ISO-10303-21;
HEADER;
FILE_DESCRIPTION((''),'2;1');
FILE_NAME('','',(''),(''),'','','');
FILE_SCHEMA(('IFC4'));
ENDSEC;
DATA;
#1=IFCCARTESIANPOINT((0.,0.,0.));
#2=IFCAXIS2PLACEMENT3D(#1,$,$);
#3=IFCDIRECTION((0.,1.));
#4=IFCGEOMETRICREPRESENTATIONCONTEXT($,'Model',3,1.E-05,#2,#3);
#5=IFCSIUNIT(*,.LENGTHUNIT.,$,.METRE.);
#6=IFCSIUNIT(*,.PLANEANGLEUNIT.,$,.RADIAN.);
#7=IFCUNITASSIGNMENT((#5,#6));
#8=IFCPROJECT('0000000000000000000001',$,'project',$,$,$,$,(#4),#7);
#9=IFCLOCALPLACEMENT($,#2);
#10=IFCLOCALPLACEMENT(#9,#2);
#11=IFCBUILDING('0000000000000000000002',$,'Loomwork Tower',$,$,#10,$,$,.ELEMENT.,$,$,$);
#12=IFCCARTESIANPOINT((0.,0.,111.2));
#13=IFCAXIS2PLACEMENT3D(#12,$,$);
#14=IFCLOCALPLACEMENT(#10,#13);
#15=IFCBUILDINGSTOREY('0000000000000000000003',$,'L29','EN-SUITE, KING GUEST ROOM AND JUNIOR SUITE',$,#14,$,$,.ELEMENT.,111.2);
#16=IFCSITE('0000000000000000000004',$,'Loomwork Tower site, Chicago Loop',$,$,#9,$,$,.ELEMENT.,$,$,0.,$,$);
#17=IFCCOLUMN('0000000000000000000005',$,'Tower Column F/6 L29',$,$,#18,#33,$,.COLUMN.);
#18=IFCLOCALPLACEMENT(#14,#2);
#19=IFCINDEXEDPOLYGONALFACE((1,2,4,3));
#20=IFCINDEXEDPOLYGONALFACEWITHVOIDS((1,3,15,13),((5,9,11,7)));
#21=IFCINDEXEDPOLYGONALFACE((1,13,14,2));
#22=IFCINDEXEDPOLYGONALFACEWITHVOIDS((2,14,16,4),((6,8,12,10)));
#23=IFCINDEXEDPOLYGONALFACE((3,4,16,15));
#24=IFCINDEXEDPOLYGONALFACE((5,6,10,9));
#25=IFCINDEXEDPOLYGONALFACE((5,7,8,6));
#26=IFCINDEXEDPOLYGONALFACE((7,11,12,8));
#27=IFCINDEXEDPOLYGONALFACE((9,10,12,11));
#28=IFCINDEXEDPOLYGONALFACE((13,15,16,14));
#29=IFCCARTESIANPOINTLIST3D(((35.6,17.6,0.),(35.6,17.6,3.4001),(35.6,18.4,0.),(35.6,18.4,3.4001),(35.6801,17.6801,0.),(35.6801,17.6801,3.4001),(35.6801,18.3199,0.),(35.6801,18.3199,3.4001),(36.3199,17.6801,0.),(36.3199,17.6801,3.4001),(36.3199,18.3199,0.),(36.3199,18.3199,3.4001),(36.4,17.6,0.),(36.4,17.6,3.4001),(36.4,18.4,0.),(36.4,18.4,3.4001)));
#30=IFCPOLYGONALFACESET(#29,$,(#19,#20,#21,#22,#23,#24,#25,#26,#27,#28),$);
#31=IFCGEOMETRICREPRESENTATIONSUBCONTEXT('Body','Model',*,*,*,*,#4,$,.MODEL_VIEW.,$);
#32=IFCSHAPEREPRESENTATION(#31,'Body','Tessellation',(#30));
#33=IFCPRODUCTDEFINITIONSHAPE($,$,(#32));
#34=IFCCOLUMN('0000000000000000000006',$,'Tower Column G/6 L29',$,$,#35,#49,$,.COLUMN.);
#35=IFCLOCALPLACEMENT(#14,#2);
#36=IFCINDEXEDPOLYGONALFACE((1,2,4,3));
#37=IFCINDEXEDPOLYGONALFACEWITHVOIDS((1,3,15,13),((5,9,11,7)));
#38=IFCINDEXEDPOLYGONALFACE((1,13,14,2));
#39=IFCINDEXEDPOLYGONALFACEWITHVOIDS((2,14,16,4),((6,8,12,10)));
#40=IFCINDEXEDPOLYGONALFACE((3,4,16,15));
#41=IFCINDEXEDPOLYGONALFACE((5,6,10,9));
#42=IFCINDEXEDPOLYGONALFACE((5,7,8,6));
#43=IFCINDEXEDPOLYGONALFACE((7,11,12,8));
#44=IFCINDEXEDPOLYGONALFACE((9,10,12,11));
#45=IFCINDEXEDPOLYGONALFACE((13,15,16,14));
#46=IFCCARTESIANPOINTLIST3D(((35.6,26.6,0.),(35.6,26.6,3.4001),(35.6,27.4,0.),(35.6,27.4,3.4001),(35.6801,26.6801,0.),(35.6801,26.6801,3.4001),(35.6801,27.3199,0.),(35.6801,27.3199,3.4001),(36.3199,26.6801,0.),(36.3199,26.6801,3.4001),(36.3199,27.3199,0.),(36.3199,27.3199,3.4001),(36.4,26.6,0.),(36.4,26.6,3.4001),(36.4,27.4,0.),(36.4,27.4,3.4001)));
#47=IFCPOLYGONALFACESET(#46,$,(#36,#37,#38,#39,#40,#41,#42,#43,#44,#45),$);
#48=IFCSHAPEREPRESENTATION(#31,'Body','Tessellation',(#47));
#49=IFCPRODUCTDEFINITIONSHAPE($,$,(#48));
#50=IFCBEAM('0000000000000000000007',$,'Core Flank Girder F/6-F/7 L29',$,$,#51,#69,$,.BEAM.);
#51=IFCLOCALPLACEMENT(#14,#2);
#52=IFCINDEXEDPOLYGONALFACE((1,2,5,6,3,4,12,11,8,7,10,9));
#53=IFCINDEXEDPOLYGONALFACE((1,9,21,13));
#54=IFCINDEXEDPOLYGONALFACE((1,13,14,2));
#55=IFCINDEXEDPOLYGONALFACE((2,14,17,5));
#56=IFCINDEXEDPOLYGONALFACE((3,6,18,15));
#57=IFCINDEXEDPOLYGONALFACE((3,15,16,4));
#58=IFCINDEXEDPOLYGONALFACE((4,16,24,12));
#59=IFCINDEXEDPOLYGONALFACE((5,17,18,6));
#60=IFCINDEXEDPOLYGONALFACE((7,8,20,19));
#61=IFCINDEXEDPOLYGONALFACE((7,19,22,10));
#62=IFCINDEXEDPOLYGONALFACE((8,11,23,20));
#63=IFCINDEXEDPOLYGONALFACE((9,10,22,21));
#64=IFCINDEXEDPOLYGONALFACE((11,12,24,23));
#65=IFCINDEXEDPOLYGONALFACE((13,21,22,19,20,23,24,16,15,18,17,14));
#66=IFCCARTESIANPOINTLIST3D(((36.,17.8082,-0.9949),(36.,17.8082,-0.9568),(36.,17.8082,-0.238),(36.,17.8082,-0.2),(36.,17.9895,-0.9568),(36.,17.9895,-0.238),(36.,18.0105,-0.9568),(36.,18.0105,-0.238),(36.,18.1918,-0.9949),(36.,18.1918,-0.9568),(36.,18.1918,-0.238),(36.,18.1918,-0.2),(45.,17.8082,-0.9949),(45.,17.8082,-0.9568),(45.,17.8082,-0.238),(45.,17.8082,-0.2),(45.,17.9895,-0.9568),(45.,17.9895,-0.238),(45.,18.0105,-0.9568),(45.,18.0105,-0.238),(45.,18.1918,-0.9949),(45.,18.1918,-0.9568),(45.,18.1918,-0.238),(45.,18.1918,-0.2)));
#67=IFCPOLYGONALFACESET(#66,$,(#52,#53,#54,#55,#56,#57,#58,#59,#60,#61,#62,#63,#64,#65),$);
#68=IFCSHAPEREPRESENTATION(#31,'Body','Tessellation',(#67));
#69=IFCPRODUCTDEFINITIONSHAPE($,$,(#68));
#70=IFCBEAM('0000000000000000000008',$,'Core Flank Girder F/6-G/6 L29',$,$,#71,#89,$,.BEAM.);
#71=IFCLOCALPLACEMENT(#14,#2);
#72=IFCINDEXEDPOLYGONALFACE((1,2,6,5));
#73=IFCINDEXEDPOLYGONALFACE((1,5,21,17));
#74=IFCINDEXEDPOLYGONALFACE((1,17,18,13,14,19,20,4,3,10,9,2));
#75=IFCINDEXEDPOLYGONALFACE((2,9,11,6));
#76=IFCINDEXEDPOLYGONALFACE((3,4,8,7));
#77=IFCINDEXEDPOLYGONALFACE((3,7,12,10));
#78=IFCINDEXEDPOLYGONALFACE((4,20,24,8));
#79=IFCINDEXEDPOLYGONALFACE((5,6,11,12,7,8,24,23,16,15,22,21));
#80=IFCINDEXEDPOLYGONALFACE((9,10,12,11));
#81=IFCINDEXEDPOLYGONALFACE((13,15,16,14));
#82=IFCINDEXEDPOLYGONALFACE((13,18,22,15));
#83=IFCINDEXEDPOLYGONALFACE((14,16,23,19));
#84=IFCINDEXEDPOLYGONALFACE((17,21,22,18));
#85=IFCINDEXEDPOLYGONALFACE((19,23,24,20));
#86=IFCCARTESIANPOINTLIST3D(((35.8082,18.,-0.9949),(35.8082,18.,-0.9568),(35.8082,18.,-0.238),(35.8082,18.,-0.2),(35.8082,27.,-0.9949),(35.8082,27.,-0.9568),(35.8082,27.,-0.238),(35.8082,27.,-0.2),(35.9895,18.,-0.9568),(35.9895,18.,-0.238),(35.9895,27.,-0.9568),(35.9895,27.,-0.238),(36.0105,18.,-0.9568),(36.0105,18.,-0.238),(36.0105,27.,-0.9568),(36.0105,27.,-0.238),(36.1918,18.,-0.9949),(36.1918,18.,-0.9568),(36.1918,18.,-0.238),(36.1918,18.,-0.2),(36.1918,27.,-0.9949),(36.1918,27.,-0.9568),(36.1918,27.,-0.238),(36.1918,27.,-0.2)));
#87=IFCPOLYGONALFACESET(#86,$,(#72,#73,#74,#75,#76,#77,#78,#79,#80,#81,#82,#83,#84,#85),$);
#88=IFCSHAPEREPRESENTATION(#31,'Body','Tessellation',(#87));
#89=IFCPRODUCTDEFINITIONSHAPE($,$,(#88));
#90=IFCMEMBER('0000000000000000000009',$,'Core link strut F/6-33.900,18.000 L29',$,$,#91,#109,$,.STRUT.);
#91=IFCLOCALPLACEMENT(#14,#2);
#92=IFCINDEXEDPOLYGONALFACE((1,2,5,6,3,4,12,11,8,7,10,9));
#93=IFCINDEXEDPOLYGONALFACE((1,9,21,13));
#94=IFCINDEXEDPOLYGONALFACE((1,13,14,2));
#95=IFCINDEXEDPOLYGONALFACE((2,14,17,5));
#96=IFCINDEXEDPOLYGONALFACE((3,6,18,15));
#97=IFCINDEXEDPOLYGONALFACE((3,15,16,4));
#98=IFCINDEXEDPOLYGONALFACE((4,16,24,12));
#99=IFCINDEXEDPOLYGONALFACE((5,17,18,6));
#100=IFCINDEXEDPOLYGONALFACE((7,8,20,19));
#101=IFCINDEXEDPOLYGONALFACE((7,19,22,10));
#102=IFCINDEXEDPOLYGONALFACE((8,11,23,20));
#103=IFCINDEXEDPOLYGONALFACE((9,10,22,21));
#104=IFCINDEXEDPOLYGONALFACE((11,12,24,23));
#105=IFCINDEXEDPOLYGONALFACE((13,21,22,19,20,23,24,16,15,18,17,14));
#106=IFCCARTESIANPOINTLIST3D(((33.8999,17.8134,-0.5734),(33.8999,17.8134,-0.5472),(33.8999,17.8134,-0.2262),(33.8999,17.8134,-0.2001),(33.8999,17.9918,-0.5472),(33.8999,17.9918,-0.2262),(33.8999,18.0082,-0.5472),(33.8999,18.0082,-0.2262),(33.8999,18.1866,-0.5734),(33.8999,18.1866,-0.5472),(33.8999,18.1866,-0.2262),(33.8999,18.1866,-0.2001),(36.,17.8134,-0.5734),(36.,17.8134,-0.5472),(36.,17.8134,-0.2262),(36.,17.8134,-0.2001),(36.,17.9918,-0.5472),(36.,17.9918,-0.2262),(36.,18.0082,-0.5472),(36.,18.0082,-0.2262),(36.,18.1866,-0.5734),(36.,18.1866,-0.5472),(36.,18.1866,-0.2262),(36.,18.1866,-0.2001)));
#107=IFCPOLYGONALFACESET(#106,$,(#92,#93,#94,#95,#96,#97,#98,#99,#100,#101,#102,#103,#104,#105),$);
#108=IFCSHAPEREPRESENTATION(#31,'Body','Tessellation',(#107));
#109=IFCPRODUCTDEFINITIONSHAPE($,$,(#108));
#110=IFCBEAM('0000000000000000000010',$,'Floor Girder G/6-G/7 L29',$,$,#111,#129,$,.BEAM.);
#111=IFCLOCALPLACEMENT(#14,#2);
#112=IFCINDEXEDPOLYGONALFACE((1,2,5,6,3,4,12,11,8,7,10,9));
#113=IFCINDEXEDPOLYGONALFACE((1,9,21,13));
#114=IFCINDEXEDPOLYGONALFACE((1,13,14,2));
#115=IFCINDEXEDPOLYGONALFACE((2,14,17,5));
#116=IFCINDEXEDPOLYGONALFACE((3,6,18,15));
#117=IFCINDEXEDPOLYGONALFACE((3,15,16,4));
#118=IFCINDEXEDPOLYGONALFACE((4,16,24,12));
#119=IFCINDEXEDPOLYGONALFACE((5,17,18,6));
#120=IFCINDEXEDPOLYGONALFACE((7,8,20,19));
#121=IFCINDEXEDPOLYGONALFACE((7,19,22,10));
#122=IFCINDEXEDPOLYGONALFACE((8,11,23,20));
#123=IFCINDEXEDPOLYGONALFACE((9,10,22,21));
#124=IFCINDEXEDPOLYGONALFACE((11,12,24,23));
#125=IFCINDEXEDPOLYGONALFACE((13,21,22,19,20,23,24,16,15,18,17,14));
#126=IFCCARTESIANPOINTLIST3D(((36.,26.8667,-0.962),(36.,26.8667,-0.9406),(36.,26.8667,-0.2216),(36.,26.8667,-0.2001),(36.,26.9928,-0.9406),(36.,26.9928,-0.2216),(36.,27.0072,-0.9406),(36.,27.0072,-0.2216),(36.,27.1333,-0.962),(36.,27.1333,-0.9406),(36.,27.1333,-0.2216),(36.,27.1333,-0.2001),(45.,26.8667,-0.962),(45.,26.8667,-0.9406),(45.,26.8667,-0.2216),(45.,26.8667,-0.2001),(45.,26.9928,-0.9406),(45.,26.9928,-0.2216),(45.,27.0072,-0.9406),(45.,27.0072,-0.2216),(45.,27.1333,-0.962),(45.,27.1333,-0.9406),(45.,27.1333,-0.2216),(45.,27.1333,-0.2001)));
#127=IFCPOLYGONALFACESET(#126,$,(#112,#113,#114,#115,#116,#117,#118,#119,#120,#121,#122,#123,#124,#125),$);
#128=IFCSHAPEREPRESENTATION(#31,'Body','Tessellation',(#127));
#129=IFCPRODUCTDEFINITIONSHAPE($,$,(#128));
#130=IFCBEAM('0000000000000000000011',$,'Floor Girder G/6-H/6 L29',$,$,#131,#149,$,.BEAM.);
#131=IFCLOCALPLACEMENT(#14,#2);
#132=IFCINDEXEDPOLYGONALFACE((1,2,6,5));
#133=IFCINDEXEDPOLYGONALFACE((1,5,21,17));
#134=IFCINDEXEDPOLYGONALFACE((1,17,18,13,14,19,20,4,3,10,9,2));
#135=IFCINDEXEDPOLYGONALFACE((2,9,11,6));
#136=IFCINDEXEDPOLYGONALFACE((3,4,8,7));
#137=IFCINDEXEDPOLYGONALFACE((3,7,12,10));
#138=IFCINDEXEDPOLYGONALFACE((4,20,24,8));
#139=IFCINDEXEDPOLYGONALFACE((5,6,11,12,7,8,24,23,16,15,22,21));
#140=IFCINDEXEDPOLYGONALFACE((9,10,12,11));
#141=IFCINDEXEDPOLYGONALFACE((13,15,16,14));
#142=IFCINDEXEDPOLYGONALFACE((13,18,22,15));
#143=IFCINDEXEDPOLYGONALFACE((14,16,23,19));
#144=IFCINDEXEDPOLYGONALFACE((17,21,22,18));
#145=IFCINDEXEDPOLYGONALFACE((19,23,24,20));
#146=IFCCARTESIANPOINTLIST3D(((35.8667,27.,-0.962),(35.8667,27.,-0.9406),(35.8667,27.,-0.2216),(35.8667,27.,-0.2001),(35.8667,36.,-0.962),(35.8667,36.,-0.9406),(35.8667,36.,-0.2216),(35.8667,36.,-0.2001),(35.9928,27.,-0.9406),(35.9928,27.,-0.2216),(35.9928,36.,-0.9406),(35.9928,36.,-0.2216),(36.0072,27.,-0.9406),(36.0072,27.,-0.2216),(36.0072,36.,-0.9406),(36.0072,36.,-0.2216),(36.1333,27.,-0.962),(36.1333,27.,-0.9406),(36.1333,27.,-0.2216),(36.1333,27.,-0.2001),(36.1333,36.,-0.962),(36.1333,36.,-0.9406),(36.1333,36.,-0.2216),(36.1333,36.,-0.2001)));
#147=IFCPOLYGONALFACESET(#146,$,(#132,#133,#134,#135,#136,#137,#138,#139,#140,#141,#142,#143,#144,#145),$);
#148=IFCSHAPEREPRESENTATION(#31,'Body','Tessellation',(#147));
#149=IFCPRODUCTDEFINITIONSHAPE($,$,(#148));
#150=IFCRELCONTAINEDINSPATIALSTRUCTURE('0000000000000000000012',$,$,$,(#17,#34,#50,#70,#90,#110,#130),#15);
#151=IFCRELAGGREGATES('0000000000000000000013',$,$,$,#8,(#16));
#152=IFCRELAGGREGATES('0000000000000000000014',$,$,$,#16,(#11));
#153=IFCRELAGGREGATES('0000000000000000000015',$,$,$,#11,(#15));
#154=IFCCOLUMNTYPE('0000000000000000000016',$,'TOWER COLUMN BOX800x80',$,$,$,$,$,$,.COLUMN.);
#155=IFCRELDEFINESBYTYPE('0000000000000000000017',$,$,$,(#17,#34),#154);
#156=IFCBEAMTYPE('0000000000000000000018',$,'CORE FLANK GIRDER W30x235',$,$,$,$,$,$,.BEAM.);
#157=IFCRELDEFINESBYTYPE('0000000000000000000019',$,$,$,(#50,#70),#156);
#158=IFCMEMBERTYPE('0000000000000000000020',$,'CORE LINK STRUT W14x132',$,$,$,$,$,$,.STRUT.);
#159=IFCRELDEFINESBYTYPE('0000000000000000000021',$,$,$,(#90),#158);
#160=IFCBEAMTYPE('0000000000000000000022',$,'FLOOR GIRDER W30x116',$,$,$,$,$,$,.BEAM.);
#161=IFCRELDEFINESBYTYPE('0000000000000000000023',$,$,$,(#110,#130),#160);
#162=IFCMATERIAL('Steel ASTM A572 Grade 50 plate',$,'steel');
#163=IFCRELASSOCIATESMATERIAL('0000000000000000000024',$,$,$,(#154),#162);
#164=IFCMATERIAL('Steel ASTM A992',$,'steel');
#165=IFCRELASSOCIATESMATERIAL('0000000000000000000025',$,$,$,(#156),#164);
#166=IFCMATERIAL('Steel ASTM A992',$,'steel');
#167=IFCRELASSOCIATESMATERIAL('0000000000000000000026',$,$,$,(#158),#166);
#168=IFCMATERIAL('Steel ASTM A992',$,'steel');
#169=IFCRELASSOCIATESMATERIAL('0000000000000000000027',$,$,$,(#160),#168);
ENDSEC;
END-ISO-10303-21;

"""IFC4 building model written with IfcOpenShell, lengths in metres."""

from ifc_helpers import new_model, si_unit, direction, frame, origin, origin_2d, place, context, subcontext, project, spatial, hollow_rectangle, i_section, extrude, material, material_profile, profile_set, type_object, element, save


model = new_model("IFC4")

# Units and contexts
model_context = context("Model", 3, precision=1e-05, world=origin(), true_north=direction((0.0, 1.0)))
body_context = subcontext(model_context, "Body", "Model", "MODEL_VIEW")
ifc_project = project(units=[si_unit("LENGTHUNIT", "METRE"), si_unit("PLANEANGLEUNIT", "RADIAN")], contexts=[model_context])

# Site, building, storey
site_placement = place(None, origin())
site = spatial("IfcSite", under=ifc_project, at=site_placement, Name="Loomwork Tower site, Chicago Loop", CompositionType="ELEMENT", RefElevation=0.0)
building_placement = place(site_placement, origin())
building = spatial("IfcBuilding", under=site, at=building_placement, Name="Loomwork Tower", CompositionType="ELEMENT")
storey_placement = place(building_placement, frame((0.0, 0.0, 111.2)))
storey = spatial("IfcBuildingStorey", under=building, at=storey_placement, Name="L29", Description="EN-SUITE, KING GUEST ROOM AND JUNIOR SUITE", CompositionType="ELEMENT", Elevation=111.2)

# Columns
ifc_material_1 = material(Name="Steel ASTM A572 Grade 50 plate", Category="steel")
ifc_material_profile_1 = material_profile(ifc_material_1, hollow_rectangle(XDim=0.8, YDim=0.8, WallThickness=0.0801, at=origin_2d()), Name="BOX800x80")
ifc_profile_set_1 = profile_set([ifc_material_profile_1], Name="Steel ASTM A572 Grade 50 plate")
column_type = type_object("IfcColumnType", Name="TOWER COLUMN BOX800x80", PredefinedType="COLUMN", material=ifc_profile_set_1)
for number, where, z_axis, x_axis, name in (
    (1, (36.0, 18.0, 0.0), (0.0, 0.0, 1.0), (0.0, 1.0, 0.0), "Tower Column F/6 L29"),
    (2, (36.0, 27.0, 0.0), (0.0, 0.0, 1.0), (1.0, 0.0, 0.0), "Tower Column G/6 L29"),
):
    element("IfcColumn", number, at=place(storey_placement, frame(where, z_axis=z_axis, x_axis=x_axis)), inside=storey, type_object=column_type, Name=name, PredefinedType="COLUMN", context=body_context, shape_type="SweptSolid", body=[
        extrude(hollow_rectangle(XDim=0.8, YDim=0.8, WallThickness=0.0801, at=origin_2d()), origin(), (0.0, 0.0, 1.0), 3.4001),
    ])

# Beams
ifc_material_2 = material(Name="Steel ASTM A992", Category="steel")
ifc_material_profile_2 = material_profile(ifc_material_2, i_section(OverallWidth=0.3835, OverallDepth=0.7949, WebThickness=0.021, FlangeThickness=0.0381, at=origin_2d()), Name="W30x235")
ifc_profile_set_2 = profile_set([ifc_material_profile_2], Name="Steel ASTM A992")
beam_type_1 = type_object("IfcBeamType", Name="CORE FLANK GIRDER W30x235", PredefinedType="BEAM", material=ifc_profile_set_2)
for number, where, z_axis, x_axis, name in (
    (3, (36.0, 18.0, -0.5974), (1.0, 0.0, 0.0), (0.0, 1.0, 0.0), "Core Flank Girder F/6-F/7 L29"),
    (4, (36.0, 18.0, -0.5974), (0.0, 1.0, 0.0), (-1.0, 0.0, 0.0), "Core Flank Girder F/6-G/6 L29"),
):
    element("IfcBeam", number, at=place(storey_placement, frame(where, z_axis=z_axis, x_axis=x_axis)), inside=storey, type_object=beam_type_1, Name=name, PredefinedType="BEAM", context=body_context, shape_type="SweptSolid", body=[
        extrude(i_section(OverallWidth=0.3835, OverallDepth=0.7949, WebThickness=0.021, FlangeThickness=0.0381, at=origin_2d()), origin(), (0.0, 0.0, 1.0), 9.0),
    ])

# Member
ifc_material_3 = material(Name="Steel ASTM A992", Category="steel")
ifc_material_profile_3 = material_profile(ifc_material_3, i_section(OverallWidth=0.3733, OverallDepth=0.3733, WebThickness=0.0164, FlangeThickness=0.0261, at=origin_2d()), Name="W14x132")
ifc_profile_set_3 = profile_set([ifc_material_profile_3], Name="Steel ASTM A992")
member_type = type_object("IfcMemberType", Name="CORE LINK STRUT W14x132", PredefinedType="STRUT", material=ifc_profile_set_3)
member_placement = place(storey_placement, frame((36.0, 18.0, -0.3867), z_axis=(-1.0, 0.0, 0.0), x_axis=(0.0, -1.0, 0.0)))
element("IfcMember", 5, at=member_placement, inside=storey, type_object=member_type, Name="Core link strut F/6-33.900,18.000 L29", PredefinedType="STRUT", context=body_context, shape_type="SweptSolid", body=[
    extrude(i_section(OverallWidth=0.3733, OverallDepth=0.3733, WebThickness=0.0164, FlangeThickness=0.0261, at=origin_2d()), origin(), (0.0, 0.0, 1.0), 2.1001),
])

# Beams
ifc_material_4 = material(Name="Steel ASTM A992", Category="steel")
ifc_material_profile_4 = material_profile(ifc_material_4, i_section(OverallWidth=0.2666, OverallDepth=0.762, WebThickness=0.0144, FlangeThickness=0.0215, at=origin_2d()), Name="W30x116")
ifc_profile_set_4 = profile_set([ifc_material_profile_4], Name="Steel ASTM A992")
beam_type_2 = type_object("IfcBeamType", Name="FLOOR GIRDER W30x116", PredefinedType="BEAM", material=ifc_profile_set_4)
for number, where, z_axis, x_axis, name in (
    (6, (36.0, 27.0, -0.5811), (1.0, 0.0, 0.0), (0.0, 1.0, 0.0), "Floor Girder G/6-G/7 L29"),
    (7, (36.0, 27.0, -0.5811), (0.0, 1.0, 0.0), (-1.0, 0.0, 0.0), "Floor Girder G/6-H/6 L29"),
):
    element("IfcBeam", number, at=place(storey_placement, frame(where, z_axis=z_axis, x_axis=x_axis)), inside=storey, type_object=beam_type_2, Name=name, PredefinedType="BEAM", context=body_context, shape_type="SweptSolid", body=[
        extrude(i_section(OverallWidth=0.2666, OverallDepth=0.762, WebThickness=0.0144, FlangeThickness=0.0215, at=origin_2d()), origin(), (0.0, 0.0, 1.0), 9.0),
    ])

save(model, "model.ifc")
